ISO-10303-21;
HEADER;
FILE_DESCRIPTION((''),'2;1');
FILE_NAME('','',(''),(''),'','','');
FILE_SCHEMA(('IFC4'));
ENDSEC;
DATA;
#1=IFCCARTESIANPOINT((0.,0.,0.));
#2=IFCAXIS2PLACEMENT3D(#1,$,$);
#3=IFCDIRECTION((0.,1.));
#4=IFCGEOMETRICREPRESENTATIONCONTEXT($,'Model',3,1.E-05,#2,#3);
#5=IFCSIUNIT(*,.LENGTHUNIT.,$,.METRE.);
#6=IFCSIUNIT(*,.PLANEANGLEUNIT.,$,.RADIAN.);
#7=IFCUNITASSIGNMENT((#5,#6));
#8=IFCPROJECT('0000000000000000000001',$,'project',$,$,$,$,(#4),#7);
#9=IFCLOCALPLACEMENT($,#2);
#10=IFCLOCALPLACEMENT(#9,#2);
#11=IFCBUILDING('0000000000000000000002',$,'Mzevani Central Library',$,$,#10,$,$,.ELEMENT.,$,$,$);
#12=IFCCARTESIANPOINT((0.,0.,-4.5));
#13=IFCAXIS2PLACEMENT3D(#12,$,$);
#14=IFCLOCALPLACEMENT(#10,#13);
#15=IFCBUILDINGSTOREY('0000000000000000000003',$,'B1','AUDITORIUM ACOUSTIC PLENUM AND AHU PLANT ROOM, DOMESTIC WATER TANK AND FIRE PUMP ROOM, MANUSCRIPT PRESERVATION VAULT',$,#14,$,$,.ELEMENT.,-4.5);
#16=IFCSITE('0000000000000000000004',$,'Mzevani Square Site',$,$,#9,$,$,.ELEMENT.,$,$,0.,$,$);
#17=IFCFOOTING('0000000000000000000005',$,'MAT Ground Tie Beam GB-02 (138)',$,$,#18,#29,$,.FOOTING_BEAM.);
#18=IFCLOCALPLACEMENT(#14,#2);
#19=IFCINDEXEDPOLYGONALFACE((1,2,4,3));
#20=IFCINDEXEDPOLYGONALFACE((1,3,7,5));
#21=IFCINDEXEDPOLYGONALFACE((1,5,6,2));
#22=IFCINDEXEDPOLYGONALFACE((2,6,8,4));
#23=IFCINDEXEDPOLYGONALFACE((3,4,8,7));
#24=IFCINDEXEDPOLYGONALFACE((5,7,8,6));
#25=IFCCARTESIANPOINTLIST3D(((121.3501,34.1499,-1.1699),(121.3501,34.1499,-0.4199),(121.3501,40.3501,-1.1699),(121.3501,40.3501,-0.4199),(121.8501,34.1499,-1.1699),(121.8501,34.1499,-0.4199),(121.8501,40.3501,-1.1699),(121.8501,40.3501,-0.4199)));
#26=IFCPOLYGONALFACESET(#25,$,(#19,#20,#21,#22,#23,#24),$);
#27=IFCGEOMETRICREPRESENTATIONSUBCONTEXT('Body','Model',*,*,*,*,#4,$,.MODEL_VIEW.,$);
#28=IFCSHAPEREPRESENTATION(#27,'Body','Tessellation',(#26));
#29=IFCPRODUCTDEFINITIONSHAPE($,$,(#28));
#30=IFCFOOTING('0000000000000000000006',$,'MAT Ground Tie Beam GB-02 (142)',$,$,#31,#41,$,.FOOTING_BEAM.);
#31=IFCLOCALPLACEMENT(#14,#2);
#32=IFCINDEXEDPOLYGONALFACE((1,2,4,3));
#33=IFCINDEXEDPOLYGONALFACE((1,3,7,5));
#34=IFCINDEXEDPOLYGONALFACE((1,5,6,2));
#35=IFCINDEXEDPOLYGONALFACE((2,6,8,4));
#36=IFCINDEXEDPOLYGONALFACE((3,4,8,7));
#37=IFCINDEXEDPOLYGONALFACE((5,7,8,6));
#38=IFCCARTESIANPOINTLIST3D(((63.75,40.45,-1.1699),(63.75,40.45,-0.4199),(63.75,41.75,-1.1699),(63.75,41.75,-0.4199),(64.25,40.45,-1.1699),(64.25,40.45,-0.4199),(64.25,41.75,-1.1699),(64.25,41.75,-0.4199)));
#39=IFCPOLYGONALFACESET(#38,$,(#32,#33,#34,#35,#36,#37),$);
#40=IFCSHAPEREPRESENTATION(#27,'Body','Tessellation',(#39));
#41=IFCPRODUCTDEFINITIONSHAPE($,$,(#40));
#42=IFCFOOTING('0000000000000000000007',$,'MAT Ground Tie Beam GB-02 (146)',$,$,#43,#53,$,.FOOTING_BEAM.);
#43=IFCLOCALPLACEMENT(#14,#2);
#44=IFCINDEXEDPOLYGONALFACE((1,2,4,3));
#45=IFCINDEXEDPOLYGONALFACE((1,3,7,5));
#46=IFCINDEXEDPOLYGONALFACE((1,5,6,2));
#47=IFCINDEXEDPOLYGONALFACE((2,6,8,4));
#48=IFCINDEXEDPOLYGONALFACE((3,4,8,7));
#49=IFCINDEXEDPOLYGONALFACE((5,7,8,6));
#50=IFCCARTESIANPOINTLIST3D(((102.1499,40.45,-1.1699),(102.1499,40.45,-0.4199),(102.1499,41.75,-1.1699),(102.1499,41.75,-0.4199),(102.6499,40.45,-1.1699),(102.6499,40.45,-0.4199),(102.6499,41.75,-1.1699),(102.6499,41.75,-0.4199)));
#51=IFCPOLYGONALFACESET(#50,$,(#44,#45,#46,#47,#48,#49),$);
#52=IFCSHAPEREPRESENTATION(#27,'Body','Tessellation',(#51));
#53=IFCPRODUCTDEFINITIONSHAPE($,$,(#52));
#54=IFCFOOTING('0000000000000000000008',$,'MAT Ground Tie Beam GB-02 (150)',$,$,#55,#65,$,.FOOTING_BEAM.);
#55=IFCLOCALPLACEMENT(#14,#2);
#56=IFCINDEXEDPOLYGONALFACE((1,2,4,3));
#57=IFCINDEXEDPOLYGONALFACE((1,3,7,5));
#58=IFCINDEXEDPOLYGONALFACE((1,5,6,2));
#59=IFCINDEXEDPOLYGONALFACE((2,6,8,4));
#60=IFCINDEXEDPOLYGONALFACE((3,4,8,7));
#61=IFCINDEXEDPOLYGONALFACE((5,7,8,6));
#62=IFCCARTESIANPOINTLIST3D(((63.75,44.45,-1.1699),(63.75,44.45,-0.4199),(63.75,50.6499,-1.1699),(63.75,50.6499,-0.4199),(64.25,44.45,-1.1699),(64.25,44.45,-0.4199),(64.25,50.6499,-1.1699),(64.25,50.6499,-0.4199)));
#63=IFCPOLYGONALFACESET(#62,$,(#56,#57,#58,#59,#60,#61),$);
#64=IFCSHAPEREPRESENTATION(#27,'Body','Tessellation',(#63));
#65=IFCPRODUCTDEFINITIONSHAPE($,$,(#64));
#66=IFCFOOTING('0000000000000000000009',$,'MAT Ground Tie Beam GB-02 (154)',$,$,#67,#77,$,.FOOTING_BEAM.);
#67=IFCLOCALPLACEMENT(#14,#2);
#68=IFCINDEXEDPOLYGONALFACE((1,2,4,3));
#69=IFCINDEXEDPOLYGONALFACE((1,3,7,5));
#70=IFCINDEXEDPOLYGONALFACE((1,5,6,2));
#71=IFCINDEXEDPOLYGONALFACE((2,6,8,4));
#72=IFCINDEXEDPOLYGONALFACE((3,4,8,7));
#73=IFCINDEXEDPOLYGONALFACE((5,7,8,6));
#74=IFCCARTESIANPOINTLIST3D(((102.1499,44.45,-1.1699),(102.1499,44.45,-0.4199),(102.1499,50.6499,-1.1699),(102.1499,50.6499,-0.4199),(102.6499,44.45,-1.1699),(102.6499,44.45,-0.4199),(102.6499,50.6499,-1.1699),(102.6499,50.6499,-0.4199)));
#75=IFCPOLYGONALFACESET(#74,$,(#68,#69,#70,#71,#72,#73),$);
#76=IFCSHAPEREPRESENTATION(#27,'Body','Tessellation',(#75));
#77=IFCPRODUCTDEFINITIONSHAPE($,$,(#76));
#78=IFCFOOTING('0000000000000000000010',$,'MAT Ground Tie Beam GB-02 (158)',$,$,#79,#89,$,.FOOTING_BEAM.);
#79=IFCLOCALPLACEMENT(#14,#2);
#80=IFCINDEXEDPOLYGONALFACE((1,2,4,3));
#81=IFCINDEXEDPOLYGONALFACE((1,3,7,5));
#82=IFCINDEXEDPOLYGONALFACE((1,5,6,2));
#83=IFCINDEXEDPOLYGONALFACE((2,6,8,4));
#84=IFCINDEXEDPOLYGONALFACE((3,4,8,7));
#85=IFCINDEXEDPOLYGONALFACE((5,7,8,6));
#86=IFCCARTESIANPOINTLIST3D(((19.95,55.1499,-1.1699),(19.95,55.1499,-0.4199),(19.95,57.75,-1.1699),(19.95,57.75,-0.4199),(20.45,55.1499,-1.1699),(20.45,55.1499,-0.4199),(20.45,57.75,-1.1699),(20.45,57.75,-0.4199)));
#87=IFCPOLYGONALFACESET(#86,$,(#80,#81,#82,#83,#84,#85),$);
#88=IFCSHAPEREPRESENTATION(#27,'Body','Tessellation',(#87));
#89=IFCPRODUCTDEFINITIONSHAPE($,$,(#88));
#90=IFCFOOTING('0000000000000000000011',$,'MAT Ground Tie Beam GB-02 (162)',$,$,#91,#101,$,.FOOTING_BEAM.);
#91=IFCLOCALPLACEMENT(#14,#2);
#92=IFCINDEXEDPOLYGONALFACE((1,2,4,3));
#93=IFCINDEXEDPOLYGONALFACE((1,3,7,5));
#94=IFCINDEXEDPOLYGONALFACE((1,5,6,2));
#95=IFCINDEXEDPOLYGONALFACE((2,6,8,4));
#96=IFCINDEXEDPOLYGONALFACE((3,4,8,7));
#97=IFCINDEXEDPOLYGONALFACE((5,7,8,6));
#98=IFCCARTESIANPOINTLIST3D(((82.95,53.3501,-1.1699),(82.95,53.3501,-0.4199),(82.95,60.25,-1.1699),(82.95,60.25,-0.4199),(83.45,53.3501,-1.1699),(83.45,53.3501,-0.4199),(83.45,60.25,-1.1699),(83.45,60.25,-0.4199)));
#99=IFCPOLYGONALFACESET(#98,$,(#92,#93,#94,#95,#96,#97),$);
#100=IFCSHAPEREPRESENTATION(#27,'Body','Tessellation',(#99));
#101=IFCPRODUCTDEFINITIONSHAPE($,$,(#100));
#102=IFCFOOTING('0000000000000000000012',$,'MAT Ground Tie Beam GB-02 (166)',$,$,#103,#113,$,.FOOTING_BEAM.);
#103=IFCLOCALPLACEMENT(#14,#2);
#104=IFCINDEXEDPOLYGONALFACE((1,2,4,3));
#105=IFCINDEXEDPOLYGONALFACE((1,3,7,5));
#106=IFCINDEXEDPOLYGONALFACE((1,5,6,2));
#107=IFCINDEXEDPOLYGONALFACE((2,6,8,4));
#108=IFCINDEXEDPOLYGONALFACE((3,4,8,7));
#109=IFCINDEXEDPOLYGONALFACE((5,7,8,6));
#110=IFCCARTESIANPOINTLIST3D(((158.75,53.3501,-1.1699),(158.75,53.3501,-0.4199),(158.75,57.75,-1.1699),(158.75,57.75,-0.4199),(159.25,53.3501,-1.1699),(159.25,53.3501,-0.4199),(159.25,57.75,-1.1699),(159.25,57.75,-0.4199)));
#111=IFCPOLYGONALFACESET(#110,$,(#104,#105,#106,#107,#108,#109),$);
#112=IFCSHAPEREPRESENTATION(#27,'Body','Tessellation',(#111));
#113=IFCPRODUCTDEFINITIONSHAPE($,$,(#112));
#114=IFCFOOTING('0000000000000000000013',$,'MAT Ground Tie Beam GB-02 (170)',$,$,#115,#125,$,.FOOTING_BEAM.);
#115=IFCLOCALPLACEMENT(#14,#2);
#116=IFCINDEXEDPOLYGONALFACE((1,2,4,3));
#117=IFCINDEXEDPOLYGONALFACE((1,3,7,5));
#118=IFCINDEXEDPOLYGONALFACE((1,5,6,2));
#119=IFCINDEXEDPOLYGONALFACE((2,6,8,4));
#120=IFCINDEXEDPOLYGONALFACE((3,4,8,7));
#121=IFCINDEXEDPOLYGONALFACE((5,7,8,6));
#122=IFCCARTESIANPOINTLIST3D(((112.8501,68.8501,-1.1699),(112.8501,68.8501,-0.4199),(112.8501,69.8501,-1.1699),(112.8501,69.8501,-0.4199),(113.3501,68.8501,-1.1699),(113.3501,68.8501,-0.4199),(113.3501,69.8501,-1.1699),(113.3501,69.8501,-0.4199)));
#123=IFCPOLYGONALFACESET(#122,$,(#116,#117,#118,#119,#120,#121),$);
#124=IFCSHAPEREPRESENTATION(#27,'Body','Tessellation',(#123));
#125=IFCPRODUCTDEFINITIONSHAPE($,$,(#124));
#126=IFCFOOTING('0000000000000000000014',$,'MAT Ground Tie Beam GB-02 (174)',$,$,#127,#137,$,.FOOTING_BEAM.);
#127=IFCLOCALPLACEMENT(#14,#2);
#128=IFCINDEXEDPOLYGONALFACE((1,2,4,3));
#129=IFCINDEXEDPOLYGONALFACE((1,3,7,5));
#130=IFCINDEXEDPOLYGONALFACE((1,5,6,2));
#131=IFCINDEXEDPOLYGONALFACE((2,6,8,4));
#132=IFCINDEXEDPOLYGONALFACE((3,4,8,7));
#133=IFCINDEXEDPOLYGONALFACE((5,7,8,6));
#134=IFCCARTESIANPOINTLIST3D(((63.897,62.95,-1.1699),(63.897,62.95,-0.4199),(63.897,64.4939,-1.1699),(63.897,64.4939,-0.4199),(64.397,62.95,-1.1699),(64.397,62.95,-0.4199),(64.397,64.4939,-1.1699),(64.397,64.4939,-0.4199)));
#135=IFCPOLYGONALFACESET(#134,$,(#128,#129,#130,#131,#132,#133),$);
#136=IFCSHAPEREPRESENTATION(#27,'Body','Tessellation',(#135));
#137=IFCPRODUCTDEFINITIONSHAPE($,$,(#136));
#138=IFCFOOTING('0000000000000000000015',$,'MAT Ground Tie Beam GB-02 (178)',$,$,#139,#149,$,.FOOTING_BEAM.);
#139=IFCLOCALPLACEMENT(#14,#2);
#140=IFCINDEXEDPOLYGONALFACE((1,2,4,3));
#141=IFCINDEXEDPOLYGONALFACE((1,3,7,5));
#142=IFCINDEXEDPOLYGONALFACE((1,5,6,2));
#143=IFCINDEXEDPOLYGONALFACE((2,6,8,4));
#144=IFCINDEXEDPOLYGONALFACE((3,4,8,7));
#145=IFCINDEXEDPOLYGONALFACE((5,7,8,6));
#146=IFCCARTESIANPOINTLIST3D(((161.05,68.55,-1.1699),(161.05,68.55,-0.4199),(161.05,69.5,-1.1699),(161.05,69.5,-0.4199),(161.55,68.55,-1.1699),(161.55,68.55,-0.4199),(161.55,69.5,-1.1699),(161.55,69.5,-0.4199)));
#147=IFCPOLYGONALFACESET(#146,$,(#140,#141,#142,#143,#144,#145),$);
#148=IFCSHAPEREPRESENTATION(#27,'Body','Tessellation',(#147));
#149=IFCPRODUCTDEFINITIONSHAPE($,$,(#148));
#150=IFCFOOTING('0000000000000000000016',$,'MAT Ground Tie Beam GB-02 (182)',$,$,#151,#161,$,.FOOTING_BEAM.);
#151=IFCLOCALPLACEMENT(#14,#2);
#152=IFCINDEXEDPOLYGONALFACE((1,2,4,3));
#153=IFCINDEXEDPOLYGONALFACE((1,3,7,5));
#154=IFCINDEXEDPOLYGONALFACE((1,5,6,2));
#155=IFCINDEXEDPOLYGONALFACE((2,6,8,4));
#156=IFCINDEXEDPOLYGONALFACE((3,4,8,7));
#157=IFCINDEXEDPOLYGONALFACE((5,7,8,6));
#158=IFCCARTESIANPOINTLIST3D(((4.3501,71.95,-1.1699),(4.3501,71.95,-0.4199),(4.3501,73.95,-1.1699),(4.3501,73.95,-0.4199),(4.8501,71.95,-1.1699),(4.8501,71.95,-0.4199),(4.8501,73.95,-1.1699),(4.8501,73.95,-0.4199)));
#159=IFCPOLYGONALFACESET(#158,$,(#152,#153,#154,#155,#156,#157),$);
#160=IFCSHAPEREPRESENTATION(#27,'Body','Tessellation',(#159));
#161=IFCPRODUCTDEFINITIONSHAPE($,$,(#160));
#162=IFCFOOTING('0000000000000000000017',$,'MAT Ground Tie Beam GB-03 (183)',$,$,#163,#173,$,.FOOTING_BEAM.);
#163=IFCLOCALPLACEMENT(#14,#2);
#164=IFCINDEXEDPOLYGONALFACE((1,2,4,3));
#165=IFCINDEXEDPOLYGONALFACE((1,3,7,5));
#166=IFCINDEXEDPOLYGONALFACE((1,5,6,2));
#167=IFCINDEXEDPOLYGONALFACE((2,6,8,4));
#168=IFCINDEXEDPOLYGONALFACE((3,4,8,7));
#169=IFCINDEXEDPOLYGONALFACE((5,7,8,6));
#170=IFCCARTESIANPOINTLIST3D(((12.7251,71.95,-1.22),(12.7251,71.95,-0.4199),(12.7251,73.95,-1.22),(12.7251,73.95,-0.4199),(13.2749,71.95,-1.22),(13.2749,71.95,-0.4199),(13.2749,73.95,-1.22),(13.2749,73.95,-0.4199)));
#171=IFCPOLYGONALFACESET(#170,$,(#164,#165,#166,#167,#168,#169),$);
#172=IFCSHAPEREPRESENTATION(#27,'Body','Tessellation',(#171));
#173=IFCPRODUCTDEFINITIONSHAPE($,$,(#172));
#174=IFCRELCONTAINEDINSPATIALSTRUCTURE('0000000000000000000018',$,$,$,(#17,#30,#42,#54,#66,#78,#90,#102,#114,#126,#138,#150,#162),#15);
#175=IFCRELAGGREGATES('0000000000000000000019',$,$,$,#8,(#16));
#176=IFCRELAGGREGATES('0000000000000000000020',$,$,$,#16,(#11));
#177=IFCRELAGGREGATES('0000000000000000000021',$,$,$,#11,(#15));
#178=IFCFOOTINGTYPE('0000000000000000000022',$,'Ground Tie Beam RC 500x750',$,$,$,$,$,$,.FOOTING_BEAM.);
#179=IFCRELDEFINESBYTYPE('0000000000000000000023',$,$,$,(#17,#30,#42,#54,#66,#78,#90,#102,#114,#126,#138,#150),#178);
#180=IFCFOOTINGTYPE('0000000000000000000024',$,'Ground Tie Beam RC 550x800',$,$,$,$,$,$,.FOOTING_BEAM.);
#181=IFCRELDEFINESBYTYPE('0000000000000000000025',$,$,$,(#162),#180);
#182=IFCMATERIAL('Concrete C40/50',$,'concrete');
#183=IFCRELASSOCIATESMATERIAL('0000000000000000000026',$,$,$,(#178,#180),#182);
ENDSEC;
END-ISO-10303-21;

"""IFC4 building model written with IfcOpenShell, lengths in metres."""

from ifc_helpers import new_model, si_unit, direction, frame, origin, place, context, subcontext, project, spatial, polyline, outline, extrude, material, type_object, element, save


model = new_model("IFC4")

# Units and contexts
model_context = context("Model", 3, precision=1e-05, world=origin(), true_north=direction((0.0, 1.0)))
body_context = subcontext(model_context, "Body", "Model", "MODEL_VIEW")
ifc_project = project(units=[si_unit("LENGTHUNIT", "METRE"), si_unit("PLANEANGLEUNIT", "RADIAN")], contexts=[model_context])

# Site, building, storey
site_placement = place(None, origin())
site = spatial("IfcSite", under=ifc_project, at=site_placement, Name="Mzevani Square Site", CompositionType="ELEMENT", RefElevation=0.0)
building_placement = place(site_placement, origin())
building = spatial("IfcBuilding", under=site, at=building_placement, Name="Mzevani Central Library", CompositionType="ELEMENT")
storey_placement = place(building_placement, frame((0.0, 0.0, -4.5)))
storey = spatial("IfcBuildingStorey", under=building, at=storey_placement, Name="B1", Description="AUDITORIUM ACOUSTIC PLENUM AND AHU PLANT ROOM, DOMESTIC WATER TANK AND FIRE PUMP ROOM, MANUSCRIPT PRESERVATION VAULT", CompositionType="ELEMENT", Elevation=-4.5)

# Footings
ifc_material = material(Name="Concrete C40/50", Category="concrete")
footing_type_1 = type_object("IfcFootingType", Name="Ground Tie Beam RC 500x750", PredefinedType="FOOTING_BEAM", material=ifc_material)
footing_1_placement = place(storey_placement, frame((0.0, 0.0, -1.1699)))
element("IfcFooting", 1, at=footing_1_placement, inside=storey, type_object=footing_type_1, Name="MAT Ground Tie Beam GB-02 (138)", PredefinedType="FOOTING_BEAM", context=body_context, shape_type="SweptSolid", body=[
    extrude(outline(polyline([(121.3501, 34.1499), (121.8501, 34.1499), (121.8501, 40.3501), (121.3501, 40.3501), (121.3501, 34.1499)])), origin(), (0.0, 0.0, 1.0), 0.75),
])
footing_2_placement = place(storey_placement, frame((0.0, 0.0, -1.1699)))
element("IfcFooting", 2, at=footing_2_placement, inside=storey, type_object=footing_type_1, Name="MAT Ground Tie Beam GB-02 (142)", PredefinedType="FOOTING_BEAM", context=body_context, shape_type="SweptSolid", body=[
    extrude(outline(polyline([(63.75, 40.45), (64.25, 40.45), (64.25, 41.75), (63.75, 41.75), (63.75, 40.45)])), origin(), (0.0, 0.0, 1.0), 0.75),
])
footing_3_placement = place(storey_placement, frame((0.0, 0.0, -1.1699)))
element("IfcFooting", 3, at=footing_3_placement, inside=storey, type_object=footing_type_1, Name="MAT Ground Tie Beam GB-02 (146)", PredefinedType="FOOTING_BEAM", context=body_context, shape_type="SweptSolid", body=[
    extrude(outline(polyline([(102.1499, 40.45), (102.6499, 40.45), (102.6499, 41.75), (102.1499, 41.75), (102.1499, 40.45)])), origin(), (0.0, 0.0, 1.0), 0.75),
])
footing_4_placement = place(storey_placement, frame((0.0, 0.0, -1.1699)))
element("IfcFooting", 4, at=footing_4_placement, inside=storey, type_object=footing_type_1, Name="MAT Ground Tie Beam GB-02 (150)", PredefinedType="FOOTING_BEAM", context=body_context, shape_type="SweptSolid", body=[
    extrude(outline(polyline([(63.75, 44.45), (64.25, 44.45), (64.25, 50.6499), (63.75, 50.6499), (63.75, 44.45)])), origin(), (0.0, 0.0, 1.0), 0.75),
])
footing_5_placement = place(storey_placement, frame((0.0, 0.0, -1.1699)))
element("IfcFooting", 5, at=footing_5_placement, inside=storey, type_object=footing_type_1, Name="MAT Ground Tie Beam GB-02 (154)", PredefinedType="FOOTING_BEAM", context=body_context, shape_type="SweptSolid", body=[
    extrude(outline(polyline([(102.1499, 44.45), (102.6499, 44.45), (102.6499, 50.6499), (102.1499, 50.6499), (102.1499, 44.45)])), origin(), (0.0, 0.0, 1.0), 0.75),
])
footing_6_placement = place(storey_placement, frame((0.0, 0.0, -1.1699)))
element("IfcFooting", 6, at=footing_6_placement, inside=storey, type_object=footing_type_1, Name="MAT Ground Tie Beam GB-02 (158)", PredefinedType="FOOTING_BEAM", context=body_context, shape_type="SweptSolid", body=[
    extrude(outline(polyline([(19.95, 55.1499), (20.45, 55.1499), (20.45, 57.75), (19.95, 57.75), (19.95, 55.1499)])), origin(), (0.0, 0.0, 1.0), 0.75),
])
footing_7_placement = place(storey_placement, frame((0.0, 0.0, -1.1699)))
element("IfcFooting", 7, at=footing_7_placement, inside=storey, type_object=footing_type_1, Name="MAT Ground Tie Beam GB-02 (162)", PredefinedType="FOOTING_BEAM", context=body_context, shape_type="SweptSolid", body=[
    extrude(outline(polyline([(82.95, 53.3501), (83.45, 53.3501), (83.45, 60.25), (82.95, 60.25), (82.95, 53.3501)])), origin(), (0.0, 0.0, 1.0), 0.75),
])
footing_8_placement = place(storey_placement, frame((0.0, 0.0, -1.1699)))
element("IfcFooting", 8, at=footing_8_placement, inside=storey, type_object=footing_type_1, Name="MAT Ground Tie Beam GB-02 (166)", PredefinedType="FOOTING_BEAM", context=body_context, shape_type="SweptSolid", body=[
    extrude(outline(polyline([(158.75, 53.3501), (159.25, 53.3501), (159.25, 57.75), (158.75, 57.75), (158.75, 53.3501)])), origin(), (0.0, 0.0, 1.0), 0.75),
])
footing_9_placement = place(storey_placement, frame((0.0, 0.0, -1.1699)))
element("IfcFooting", 9, at=footing_9_placement, inside=storey, type_object=footing_type_1, Name="MAT Ground Tie Beam GB-02 (170)", PredefinedType="FOOTING_BEAM", context=body_context, shape_type="SweptSolid", body=[
    extrude(outline(polyline([(112.8501, 68.8501), (113.3501, 68.8501), (113.3501, 69.8501), (112.8501, 69.8501), (112.8501, 68.8501)])), origin(), (0.0, 0.0, 1.0), 0.75),
])
footing_10_placement = place(storey_placement, frame((0.0, 0.0, -1.1699)))
element("IfcFooting", 10, at=footing_10_placement, inside=storey, type_object=footing_type_1, Name="MAT Ground Tie Beam GB-02 (174)", PredefinedType="FOOTING_BEAM", context=body_context, shape_type="SweptSolid", body=[
    extrude(outline(polyline([(63.897, 62.95), (64.397, 62.95), (64.397, 64.4939), (63.897, 64.4939), (63.897, 62.95)])), origin(), (0.0, 0.0, 1.0), 0.75),
])
footing_11_placement = place(storey_placement, frame((0.0, 0.0, -1.1699)))
element("IfcFooting", 11, at=footing_11_placement, inside=storey, type_object=footing_type_1, Name="MAT Ground Tie Beam GB-02 (178)", PredefinedType="FOOTING_BEAM", context=body_context, shape_type="SweptSolid", body=[
    extrude(outline(polyline([(161.05, 68.55), (161.55, 68.55), (161.55, 69.5), (161.05, 69.5), (161.05, 68.55)])), origin(), (0.0, 0.0, 1.0), 0.75),
])
footing_12_placement = place(storey_placement, frame((0.0, 0.0, -1.1699)))
element("IfcFooting", 12, at=footing_12_placement, inside=storey, type_object=footing_type_1, Name="MAT Ground Tie Beam GB-02 (182)", PredefinedType="FOOTING_BEAM", context=body_context, shape_type="SweptSolid", body=[
    extrude(outline(polyline([(4.3501, 71.95), (4.8501, 71.95), (4.8501, 73.95), (4.3501, 73.95), (4.3501, 71.95)])), origin(), (0.0, 0.0, 1.0), 0.75),
])
footing_type_2 = type_object("IfcFootingType", Name="Ground Tie Beam RC 550x800", PredefinedType="FOOTING_BEAM", material=ifc_material)
footing_13_placement = place(storey_placement, frame((0.0, 0.0, -1.22)))
element("IfcFooting", 13, at=footing_13_placement, inside=storey, type_object=footing_type_2, Name="MAT Ground Tie Beam GB-03 (183)", PredefinedType="FOOTING_BEAM", context=body_context, shape_type="SweptSolid", body=[
    extrude(outline(polyline([(12.7251, 71.95), (13.2749, 71.95), (13.2749, 73.95), (12.7251, 73.95), (12.7251, 71.95)])), origin(), (0.0, 0.0, 1.0), 0.8),
])

save(model, "model.ifc")
